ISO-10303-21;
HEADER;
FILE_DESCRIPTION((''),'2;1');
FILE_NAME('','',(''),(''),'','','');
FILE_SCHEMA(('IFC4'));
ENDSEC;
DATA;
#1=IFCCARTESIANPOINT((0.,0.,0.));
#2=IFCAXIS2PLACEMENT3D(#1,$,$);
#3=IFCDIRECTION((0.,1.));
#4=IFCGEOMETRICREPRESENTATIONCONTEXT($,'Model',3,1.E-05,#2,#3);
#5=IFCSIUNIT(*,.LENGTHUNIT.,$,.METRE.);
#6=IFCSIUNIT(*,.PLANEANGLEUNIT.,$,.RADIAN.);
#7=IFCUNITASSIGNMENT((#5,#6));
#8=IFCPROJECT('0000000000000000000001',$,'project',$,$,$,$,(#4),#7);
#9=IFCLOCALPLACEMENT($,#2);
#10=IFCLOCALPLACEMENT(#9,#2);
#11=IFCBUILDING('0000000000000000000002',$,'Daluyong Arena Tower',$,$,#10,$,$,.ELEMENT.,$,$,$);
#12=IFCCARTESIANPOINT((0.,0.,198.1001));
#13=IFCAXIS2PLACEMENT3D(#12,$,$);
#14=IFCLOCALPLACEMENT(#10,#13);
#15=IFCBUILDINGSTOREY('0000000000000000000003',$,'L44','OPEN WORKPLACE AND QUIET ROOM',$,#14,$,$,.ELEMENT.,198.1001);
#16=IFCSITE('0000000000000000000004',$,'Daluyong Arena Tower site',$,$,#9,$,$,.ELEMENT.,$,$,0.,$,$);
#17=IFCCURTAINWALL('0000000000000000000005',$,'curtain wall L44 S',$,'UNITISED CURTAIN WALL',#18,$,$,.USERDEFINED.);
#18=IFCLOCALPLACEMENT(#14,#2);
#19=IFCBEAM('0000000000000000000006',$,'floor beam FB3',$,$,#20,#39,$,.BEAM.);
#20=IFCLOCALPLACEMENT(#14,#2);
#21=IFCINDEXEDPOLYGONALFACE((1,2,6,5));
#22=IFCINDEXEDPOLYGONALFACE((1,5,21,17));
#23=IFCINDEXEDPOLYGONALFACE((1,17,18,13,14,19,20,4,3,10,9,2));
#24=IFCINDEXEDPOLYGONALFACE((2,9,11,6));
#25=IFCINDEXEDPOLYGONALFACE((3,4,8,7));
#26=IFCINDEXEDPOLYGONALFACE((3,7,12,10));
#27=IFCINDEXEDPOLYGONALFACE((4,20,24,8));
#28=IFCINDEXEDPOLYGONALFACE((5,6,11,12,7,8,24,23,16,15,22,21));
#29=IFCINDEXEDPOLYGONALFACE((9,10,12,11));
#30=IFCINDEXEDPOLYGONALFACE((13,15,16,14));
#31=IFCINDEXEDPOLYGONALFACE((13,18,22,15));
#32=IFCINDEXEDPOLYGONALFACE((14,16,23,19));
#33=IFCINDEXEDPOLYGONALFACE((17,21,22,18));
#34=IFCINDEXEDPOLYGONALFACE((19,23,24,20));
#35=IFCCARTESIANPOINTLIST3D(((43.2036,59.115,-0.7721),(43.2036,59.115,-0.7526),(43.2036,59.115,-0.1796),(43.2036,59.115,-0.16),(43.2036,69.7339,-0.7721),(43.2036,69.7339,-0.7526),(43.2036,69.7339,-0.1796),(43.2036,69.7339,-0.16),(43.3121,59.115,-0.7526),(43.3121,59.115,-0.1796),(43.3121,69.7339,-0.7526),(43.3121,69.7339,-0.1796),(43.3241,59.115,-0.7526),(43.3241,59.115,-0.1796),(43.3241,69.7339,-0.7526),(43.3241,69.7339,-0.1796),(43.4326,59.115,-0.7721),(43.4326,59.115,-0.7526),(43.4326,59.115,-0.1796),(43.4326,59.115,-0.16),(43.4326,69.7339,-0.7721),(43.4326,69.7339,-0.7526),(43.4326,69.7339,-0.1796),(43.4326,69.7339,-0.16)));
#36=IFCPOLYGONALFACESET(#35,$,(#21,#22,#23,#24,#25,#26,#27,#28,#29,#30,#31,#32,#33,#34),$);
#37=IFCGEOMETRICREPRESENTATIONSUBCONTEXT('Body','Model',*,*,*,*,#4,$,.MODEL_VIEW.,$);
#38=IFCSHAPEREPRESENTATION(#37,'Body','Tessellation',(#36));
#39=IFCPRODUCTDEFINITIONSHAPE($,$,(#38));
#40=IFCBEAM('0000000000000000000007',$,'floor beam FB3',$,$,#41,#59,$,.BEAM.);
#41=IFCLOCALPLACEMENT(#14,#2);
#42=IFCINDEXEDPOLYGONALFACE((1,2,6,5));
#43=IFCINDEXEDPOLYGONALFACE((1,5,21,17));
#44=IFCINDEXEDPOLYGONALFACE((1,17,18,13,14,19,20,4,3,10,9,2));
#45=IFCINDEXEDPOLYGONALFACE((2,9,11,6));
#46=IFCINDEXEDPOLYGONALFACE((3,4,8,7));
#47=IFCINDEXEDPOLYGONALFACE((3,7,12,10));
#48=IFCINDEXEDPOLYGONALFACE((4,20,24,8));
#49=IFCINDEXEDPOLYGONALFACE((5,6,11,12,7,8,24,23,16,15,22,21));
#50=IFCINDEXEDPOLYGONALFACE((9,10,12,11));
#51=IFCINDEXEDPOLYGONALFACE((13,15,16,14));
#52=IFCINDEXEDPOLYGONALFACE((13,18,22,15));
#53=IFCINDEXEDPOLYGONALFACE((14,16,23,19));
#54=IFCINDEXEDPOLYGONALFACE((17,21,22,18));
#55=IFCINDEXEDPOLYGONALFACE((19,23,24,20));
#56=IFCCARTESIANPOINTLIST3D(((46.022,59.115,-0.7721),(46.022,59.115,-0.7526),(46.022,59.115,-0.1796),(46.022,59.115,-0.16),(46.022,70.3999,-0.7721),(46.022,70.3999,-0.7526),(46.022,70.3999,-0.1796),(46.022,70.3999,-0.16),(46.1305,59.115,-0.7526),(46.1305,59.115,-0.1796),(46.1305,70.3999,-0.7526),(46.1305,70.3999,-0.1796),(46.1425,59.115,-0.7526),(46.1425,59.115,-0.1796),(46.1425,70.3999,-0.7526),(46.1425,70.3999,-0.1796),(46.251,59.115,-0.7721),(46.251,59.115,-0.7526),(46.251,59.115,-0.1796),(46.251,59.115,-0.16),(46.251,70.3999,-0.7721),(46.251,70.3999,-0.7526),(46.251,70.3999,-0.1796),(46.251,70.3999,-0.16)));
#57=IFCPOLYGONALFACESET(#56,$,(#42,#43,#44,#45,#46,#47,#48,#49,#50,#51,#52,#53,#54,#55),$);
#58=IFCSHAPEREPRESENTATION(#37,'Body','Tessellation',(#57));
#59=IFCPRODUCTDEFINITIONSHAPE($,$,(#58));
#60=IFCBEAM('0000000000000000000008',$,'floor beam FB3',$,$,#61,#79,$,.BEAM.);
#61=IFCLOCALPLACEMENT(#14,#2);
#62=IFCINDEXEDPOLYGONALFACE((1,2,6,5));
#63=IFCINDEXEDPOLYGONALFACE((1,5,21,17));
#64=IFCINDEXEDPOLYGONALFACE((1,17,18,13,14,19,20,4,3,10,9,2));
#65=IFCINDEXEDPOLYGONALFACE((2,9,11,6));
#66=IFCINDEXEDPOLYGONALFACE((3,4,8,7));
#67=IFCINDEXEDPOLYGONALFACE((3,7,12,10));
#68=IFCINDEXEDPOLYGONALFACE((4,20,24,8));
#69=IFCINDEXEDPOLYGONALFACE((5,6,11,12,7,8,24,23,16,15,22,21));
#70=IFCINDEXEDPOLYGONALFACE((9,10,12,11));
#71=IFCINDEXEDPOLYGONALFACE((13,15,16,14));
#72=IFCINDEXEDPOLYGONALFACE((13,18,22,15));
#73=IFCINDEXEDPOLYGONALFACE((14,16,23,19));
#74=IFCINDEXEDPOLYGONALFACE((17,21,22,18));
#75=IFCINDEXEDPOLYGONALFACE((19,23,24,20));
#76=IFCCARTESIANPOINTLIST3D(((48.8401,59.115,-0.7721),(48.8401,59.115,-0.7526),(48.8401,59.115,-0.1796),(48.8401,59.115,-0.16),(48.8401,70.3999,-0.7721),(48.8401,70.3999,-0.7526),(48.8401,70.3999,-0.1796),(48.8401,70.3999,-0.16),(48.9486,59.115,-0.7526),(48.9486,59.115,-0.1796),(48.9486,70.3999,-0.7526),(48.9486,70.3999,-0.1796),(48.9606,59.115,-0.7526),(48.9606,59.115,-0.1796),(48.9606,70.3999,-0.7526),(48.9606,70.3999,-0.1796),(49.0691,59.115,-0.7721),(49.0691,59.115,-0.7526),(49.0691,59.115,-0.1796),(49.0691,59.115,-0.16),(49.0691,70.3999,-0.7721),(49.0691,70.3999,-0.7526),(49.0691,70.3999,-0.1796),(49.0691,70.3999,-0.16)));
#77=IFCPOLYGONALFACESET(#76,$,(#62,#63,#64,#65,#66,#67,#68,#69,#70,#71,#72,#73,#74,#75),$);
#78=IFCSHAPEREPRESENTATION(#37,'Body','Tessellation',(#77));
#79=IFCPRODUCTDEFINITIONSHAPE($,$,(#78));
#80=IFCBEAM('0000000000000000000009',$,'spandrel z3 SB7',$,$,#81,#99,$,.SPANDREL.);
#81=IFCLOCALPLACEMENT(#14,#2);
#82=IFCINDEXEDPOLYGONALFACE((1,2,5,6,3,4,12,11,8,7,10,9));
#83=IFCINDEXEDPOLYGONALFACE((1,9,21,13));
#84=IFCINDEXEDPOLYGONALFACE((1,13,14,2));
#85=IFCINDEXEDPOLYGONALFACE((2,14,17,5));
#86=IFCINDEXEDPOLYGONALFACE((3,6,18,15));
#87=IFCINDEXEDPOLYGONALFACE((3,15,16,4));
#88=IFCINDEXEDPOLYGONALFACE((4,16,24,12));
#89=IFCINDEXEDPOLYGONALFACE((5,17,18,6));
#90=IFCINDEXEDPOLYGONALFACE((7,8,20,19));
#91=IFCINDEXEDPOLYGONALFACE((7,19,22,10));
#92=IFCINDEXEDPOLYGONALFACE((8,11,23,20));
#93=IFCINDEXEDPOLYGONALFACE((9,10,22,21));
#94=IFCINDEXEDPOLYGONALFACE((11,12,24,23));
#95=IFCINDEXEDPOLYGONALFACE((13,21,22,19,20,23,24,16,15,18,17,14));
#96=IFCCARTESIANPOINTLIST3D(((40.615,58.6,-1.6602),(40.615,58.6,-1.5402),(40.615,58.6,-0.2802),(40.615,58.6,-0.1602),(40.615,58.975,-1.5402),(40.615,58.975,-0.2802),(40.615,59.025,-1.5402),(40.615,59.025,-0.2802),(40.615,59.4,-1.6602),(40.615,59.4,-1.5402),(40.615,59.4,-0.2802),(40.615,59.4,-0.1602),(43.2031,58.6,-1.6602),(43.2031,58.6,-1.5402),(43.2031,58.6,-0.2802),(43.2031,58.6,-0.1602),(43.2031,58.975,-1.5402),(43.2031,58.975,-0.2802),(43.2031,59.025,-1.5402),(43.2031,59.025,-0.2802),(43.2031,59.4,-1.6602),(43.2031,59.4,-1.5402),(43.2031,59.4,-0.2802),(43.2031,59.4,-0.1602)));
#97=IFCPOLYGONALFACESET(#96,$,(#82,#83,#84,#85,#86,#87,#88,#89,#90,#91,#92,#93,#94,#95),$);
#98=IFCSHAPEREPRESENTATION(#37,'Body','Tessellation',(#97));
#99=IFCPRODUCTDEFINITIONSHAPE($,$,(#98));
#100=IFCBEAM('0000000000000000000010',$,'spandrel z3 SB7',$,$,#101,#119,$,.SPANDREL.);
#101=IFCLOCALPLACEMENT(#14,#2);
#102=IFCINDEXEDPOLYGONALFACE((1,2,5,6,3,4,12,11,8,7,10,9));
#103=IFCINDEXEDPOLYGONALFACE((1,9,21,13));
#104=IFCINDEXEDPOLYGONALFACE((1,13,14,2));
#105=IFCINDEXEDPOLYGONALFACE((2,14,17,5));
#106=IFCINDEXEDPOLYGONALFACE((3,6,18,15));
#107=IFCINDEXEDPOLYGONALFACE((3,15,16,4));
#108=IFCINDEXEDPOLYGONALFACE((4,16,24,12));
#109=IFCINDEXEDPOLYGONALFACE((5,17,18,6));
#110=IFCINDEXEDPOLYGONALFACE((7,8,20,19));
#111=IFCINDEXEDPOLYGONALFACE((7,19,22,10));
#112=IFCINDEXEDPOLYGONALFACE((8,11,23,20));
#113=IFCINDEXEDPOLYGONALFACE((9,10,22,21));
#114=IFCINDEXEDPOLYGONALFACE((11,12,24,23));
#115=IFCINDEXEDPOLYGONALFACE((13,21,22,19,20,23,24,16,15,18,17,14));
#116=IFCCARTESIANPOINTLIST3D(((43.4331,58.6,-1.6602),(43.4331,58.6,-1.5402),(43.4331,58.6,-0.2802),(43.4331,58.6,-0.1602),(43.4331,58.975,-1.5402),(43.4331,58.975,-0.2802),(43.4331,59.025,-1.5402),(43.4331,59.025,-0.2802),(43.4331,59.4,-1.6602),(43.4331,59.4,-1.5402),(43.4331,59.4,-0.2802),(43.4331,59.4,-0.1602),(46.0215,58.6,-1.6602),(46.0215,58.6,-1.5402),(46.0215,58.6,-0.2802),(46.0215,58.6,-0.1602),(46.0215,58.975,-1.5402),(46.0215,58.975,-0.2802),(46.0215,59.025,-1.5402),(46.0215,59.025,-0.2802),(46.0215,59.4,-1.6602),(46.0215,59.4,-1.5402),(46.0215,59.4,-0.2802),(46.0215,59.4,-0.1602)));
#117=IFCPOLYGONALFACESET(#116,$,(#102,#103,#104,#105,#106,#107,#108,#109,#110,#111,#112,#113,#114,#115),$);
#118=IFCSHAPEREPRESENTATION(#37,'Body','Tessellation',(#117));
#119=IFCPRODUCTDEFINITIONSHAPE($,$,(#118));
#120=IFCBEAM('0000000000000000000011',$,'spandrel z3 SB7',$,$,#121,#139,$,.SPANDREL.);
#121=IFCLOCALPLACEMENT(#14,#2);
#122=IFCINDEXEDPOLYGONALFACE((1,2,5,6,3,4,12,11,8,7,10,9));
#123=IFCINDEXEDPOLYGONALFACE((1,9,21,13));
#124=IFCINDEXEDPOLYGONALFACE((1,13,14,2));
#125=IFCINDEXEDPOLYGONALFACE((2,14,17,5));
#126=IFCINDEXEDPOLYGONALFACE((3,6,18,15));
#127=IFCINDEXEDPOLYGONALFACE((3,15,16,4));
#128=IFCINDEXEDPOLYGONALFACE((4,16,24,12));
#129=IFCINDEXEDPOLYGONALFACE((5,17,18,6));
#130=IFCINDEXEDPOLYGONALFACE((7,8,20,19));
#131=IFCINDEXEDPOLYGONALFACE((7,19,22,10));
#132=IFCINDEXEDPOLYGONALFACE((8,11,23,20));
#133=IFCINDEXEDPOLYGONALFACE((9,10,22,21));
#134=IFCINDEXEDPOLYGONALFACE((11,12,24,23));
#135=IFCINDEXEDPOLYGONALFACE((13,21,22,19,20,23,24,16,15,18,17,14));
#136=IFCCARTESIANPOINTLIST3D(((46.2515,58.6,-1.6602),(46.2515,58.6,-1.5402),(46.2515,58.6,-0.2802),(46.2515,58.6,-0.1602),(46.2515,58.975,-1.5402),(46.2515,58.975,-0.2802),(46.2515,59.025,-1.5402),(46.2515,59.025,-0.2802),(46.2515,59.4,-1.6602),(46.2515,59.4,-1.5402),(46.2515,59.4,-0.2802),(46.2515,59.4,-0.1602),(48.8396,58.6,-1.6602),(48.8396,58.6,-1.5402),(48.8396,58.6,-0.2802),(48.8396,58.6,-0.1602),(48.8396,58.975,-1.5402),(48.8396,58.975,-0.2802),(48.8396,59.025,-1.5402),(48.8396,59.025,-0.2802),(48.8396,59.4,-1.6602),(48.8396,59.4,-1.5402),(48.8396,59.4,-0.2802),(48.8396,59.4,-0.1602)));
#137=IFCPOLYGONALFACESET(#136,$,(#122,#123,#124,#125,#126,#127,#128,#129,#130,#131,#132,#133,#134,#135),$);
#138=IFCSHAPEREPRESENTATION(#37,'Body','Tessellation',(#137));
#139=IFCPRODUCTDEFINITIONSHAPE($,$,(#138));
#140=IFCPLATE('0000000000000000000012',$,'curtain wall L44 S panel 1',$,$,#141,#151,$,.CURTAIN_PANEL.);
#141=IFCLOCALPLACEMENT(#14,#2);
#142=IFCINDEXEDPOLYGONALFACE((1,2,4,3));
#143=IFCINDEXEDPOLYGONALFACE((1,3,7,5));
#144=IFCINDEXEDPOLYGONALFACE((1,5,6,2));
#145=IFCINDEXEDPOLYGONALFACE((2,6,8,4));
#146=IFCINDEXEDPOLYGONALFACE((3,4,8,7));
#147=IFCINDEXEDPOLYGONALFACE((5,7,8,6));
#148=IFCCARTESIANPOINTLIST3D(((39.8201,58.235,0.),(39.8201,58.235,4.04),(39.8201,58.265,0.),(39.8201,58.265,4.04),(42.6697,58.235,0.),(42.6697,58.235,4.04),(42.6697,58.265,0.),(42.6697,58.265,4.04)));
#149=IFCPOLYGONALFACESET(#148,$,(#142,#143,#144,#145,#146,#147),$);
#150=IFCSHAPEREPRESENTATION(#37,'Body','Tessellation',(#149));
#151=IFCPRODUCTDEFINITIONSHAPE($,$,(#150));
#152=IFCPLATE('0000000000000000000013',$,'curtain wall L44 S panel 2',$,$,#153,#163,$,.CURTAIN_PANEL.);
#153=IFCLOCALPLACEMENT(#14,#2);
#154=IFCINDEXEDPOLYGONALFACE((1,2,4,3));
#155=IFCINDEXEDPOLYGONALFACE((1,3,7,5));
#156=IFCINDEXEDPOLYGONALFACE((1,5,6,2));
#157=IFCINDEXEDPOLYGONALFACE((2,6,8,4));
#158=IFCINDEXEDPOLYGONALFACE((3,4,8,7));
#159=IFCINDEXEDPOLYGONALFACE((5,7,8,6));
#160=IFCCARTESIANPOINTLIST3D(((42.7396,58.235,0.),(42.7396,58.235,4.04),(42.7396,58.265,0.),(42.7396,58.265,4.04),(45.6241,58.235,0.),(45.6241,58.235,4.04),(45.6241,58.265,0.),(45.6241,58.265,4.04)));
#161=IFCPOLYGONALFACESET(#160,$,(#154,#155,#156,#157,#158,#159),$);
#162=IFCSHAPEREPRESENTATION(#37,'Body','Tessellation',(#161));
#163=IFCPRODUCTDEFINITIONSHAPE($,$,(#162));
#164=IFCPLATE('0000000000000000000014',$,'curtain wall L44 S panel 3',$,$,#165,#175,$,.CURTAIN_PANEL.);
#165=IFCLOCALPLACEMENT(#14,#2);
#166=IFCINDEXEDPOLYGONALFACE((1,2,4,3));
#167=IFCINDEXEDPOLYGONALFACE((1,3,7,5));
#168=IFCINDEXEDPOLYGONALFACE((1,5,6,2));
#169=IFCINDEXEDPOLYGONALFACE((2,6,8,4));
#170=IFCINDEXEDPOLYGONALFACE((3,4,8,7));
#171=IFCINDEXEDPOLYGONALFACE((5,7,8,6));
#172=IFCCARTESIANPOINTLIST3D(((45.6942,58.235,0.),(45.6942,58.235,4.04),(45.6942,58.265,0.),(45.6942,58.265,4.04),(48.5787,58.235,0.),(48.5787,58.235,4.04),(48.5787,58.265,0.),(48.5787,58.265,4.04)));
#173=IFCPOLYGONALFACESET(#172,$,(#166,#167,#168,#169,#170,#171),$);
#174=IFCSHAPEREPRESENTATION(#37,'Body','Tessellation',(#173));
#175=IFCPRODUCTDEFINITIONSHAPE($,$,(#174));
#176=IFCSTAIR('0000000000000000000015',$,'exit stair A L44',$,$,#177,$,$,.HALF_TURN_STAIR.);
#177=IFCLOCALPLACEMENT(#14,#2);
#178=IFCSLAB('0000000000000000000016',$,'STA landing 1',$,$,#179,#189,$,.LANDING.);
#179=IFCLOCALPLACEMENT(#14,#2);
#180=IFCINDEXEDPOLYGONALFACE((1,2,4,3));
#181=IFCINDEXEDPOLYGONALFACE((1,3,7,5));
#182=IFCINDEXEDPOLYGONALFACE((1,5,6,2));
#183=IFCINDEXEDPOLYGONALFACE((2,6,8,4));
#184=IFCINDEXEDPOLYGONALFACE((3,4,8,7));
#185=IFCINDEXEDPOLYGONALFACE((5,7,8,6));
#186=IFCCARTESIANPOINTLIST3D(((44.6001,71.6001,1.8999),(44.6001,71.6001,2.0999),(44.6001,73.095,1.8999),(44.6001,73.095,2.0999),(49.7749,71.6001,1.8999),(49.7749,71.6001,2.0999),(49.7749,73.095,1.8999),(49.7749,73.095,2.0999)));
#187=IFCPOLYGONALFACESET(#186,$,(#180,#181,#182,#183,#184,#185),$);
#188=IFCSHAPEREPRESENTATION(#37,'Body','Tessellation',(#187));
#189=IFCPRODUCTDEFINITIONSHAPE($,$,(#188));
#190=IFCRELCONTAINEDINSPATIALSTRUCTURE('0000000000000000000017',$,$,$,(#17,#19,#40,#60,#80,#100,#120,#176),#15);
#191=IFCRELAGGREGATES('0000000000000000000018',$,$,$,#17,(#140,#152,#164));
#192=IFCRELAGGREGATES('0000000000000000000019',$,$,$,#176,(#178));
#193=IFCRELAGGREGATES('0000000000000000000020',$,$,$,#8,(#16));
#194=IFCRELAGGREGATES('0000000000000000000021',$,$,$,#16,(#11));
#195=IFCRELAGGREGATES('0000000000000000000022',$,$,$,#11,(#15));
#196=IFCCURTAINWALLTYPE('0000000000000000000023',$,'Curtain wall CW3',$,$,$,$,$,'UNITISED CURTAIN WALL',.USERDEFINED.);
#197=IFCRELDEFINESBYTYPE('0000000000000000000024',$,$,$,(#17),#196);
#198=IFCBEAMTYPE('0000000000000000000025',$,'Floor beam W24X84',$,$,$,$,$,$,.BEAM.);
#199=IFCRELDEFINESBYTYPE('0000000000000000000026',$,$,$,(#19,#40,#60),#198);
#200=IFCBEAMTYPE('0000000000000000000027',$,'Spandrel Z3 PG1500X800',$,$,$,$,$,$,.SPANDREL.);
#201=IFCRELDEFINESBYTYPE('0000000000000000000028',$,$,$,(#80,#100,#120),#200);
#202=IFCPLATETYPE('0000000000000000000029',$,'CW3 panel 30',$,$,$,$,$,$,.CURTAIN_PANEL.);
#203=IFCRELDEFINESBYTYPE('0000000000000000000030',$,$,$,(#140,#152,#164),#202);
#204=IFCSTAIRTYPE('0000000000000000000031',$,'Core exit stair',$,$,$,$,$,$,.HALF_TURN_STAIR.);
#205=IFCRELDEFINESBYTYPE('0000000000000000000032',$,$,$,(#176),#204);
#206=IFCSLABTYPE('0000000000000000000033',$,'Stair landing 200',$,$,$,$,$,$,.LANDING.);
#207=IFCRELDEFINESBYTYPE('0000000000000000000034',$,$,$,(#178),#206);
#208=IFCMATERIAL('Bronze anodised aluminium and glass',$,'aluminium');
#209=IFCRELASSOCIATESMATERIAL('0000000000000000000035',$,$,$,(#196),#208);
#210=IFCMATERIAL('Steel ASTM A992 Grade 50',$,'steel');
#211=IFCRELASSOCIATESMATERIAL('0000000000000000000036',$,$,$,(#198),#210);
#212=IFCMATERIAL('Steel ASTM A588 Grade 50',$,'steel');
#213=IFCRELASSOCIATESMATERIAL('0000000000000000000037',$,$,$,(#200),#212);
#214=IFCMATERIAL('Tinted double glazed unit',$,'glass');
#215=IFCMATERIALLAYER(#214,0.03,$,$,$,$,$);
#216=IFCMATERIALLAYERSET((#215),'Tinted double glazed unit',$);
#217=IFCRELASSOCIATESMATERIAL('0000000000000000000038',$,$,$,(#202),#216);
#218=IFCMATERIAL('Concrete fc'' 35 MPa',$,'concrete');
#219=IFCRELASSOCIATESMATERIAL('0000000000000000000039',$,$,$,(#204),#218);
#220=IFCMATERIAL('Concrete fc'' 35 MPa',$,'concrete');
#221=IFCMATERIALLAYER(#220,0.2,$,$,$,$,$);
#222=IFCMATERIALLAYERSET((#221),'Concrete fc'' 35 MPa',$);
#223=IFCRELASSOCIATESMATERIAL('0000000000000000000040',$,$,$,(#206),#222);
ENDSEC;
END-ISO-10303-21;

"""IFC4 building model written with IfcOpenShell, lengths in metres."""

from ifc_helpers import new_model, si_unit, direction, frame, origin, origin_2d, place, context, subcontext, project, spatial, polyline, rectangle, i_section, outline, extrude, material, layer, layer_set, material_profile, profile_set, type_object, element, aggregate, save


model = new_model("IFC4")

# Units and contexts
model_context = context("Model", 3, precision=1e-05, world=origin(), true_north=direction((0.0, 1.0)))
body_context = subcontext(model_context, "Body", "Model", "MODEL_VIEW")
ifc_project = project(units=[si_unit("LENGTHUNIT", "METRE"), si_unit("PLANEANGLEUNIT", "RADIAN")], contexts=[model_context])

# Site, building, storey
site_placement = place(None, origin())
site = spatial("IfcSite", under=ifc_project, at=site_placement, Name="Daluyong Arena Tower site", CompositionType="ELEMENT", RefElevation=0.0)
building_placement = place(site_placement, origin())
building = spatial("IfcBuilding", under=site, at=building_placement, Name="Daluyong Arena Tower", CompositionType="ELEMENT")
storey_placement = place(building_placement, frame((0.0, 0.0, 198.1001)))
storey = spatial("IfcBuildingStorey", under=building, at=storey_placement, Name="L44", Description="OPEN WORKPLACE AND QUIET ROOM", CompositionType="ELEMENT", Elevation=198.1001)

# Curtain wall
ifc_material_1 = material(Name="Bronze anodised aluminium and glass", Category="aluminium")
curtain_wall_type_1 = type_object("IfcCurtainWallType", Name="Curtain wall CW3", ElementType="UNITISED CURTAIN WALL", PredefinedType="USERDEFINED", material=ifc_material_1)
curtain_wall_1_placement = place(storey_placement, origin())
curtain_wall_1 = element("IfcCurtainWall", 1, at=curtain_wall_1_placement, inside=storey, type_object=curtain_wall_type_1, Name="curtain wall L44 S", ObjectType="UNITISED CURTAIN WALL", PredefinedType="USERDEFINED")

# Beams
ifc_material_2 = material(Name="Steel ASTM A992 Grade 50", Category="steel")
ifc_material_profile_1 = material_profile(ifc_material_2, i_section(OverallWidth=0.229, OverallDepth=0.6121, WebThickness=0.012, FlangeThickness=0.0195, at=origin_2d()))
ifc_profile_set_1 = profile_set([ifc_material_profile_1], Name="Steel ASTM A992 Grade 50")
beam_type_1 = type_object("IfcBeamType", Name="Floor beam W24X84", PredefinedType="BEAM", material=ifc_profile_set_1)
beam_1_placement = place(storey_placement, frame((43.3181, 59.115, -0.4661), z_axis=(0.0, 1.0, 0.0), x_axis=(-1.0, 0.0, 0.0)))
element("IfcBeam", 2, at=beam_1_placement, inside=storey, type_object=beam_type_1, Name="floor beam FB3", PredefinedType="BEAM", context=body_context, shape_type="SweptSolid", body=[
    extrude(i_section(OverallWidth=0.229, OverallDepth=0.6121, WebThickness=0.012, FlangeThickness=0.0195, at=origin_2d()), origin(), (0.0, 0.0, 1.0), 10.6189),
])
for number, where, z_axis, x_axis, name in (
    (3, (46.1365, 59.115, -0.4661), (0.0, 1.0, 0.0), (-1.0, 0.0, 0.0), "floor beam FB3"),
    (4, (48.9546, 59.115, -0.4661), (0.0, 1.0, 0.0), (-1.0, 0.0, 0.0), "floor beam FB3"),
):
    element("IfcBeam", number, at=place(storey_placement, frame(where, z_axis=z_axis, x_axis=x_axis)), inside=storey, type_object=beam_type_1, Name=name, PredefinedType="BEAM", context=body_context, shape_type="SweptSolid", body=[
        extrude(i_section(OverallWidth=0.229, OverallDepth=0.6121, WebThickness=0.012, FlangeThickness=0.0195, at=origin_2d()), origin(), (0.0, 0.0, 1.0), 11.2849),
    ])
ifc_material_3 = material(Name="Steel ASTM A588 Grade 50", Category="steel")
ifc_material_profile_2 = material_profile(ifc_material_3, i_section(OverallWidth=0.8, OverallDepth=1.5, WebThickness=0.05, FlangeThickness=0.12, at=origin_2d()))
ifc_profile_set_2 = profile_set([ifc_material_profile_2], Name="Steel ASTM A588 Grade 50")
beam_type_2 = type_object("IfcBeamType", Name="Spandrel Z3 PG1500X800", PredefinedType="SPANDREL", material=ifc_profile_set_2)
beam_2_placement = place(storey_placement, frame((40.615, 59.0, -0.9102), z_axis=(1.0, 0.0, 0.0), x_axis=(0.0, 1.0, 0.0)))
element("IfcBeam", 5, at=beam_2_placement, inside=storey, type_object=beam_type_2, Name="spandrel z3 SB7", PredefinedType="SPANDREL", context=body_context, shape_type="SweptSolid", body=[
    extrude(i_section(OverallWidth=0.8, OverallDepth=1.5, WebThickness=0.05, FlangeThickness=0.12, at=origin_2d()), origin(), (0.0, 0.0, 1.0), 2.5881),
])
beam_3_placement = place(storey_placement, frame((43.4331, 59.0, -0.9102), z_axis=(1.0, 0.0, 0.0), x_axis=(0.0, 1.0, 0.0)))
element("IfcBeam", 6, at=beam_3_placement, inside=storey, type_object=beam_type_2, Name="spandrel z3 SB7", PredefinedType="SPANDREL", context=body_context, shape_type="SweptSolid", body=[
    extrude(i_section(OverallWidth=0.8, OverallDepth=1.5, WebThickness=0.05, FlangeThickness=0.12, at=origin_2d()), origin(), (0.0, 0.0, 1.0), 2.5884),
])
beam_4_placement = place(storey_placement, frame((46.2515, 59.0, -0.9102), z_axis=(1.0, 0.0, 0.0), x_axis=(0.0, 1.0, 0.0)))
element("IfcBeam", 7, at=beam_4_placement, inside=storey, type_object=beam_type_2, Name="spandrel z3 SB7", PredefinedType="SPANDREL", context=body_context, shape_type="SweptSolid", body=[
    extrude(i_section(OverallWidth=0.8, OverallDepth=1.5, WebThickness=0.05, FlangeThickness=0.12, at=origin_2d()), origin(), (0.0, 0.0, 1.0), 2.5881),
])

# Plates
ifc_material_4 = material(Name="Tinted double glazed unit", Category="glass")
ifc_layer_1 = layer(ifc_material_4, 0.03)
ifc_layer_set_1 = layer_set([ifc_layer_1], Name="Tinted double glazed unit")
plate_type = type_object("IfcPlateType", Name="CW3 panel 30", PredefinedType="CURTAIN_PANEL", material=ifc_layer_set_1)
plate_1_placement = place(storey_placement, frame((41.2449, 58.25, 0.0), z_axis=(0.0, 0.0, 1.0), x_axis=(1.0, 0.0, 0.0)))
plate_1 = element("IfcPlate", 8, at=plate_1_placement, type_object=plate_type, Name="curtain wall L44 S panel 1", PredefinedType="CURTAIN_PANEL", context=body_context, shape_type="SweptSolid", body=[
    extrude(rectangle(XDim=2.8496, YDim=0.03, at=origin_2d()), origin(), (0.0, 0.0, 1.0), 4.04),
])
plate_2_placement = place(storey_placement, frame((44.1819, 58.25, 0.0), z_axis=(0.0, 0.0, 1.0), x_axis=(1.0, 0.0, 0.0)))
plate_2 = element("IfcPlate", 9, at=plate_2_placement, type_object=plate_type, Name="curtain wall L44 S panel 2", PredefinedType="CURTAIN_PANEL", context=body_context, shape_type="SweptSolid", body=[
    extrude(rectangle(XDim=2.8845, YDim=0.03, at=origin_2d()), origin(), (0.0, 0.0, 1.0), 4.04),
])
plate_3_placement = place(storey_placement, frame((47.1365, 58.25, 0.0), z_axis=(0.0, 0.0, 1.0), x_axis=(1.0, 0.0, 0.0)))
plate_3 = element("IfcPlate", 10, at=plate_3_placement, type_object=plate_type, Name="curtain wall L44 S panel 3", PredefinedType="CURTAIN_PANEL", context=body_context, shape_type="SweptSolid", body=[
    extrude(rectangle(XDim=2.8845, YDim=0.03, at=origin_2d()), origin(), (0.0, 0.0, 1.0), 4.04),
])
aggregate(curtain_wall_1, [plate_1, plate_2, plate_3])

# Stair, slab
ifc_material_5 = material(Name="Concrete fc' 35 MPa", Category="concrete")
stair_type = type_object("IfcStairType", Name="Core exit stair", PredefinedType="HALF_TURN_STAIR", material=ifc_material_5)
stair_1_placement = place(storey_placement, origin())
stair_1 = element("IfcStair", 11, at=stair_1_placement, inside=storey, type_object=stair_type, Name="exit stair A L44", PredefinedType="HALF_TURN_STAIR")
ifc_material_6 = material(Name="Concrete fc' 35 MPa", Category="concrete")
ifc_layer_2 = layer(ifc_material_6, 0.2)
ifc_layer_set_2 = layer_set([ifc_layer_2], Name="Concrete fc' 35 MPa")
slab_type = type_object("IfcSlabType", Name="Stair landing 200", PredefinedType="LANDING", material=ifc_layer_set_2)
slab_1_placement = place(storey_placement, frame((0.0, 0.0, 1.8999)))
slab_1 = element("IfcSlab", 12, at=slab_1_placement, type_object=slab_type, Name="STA landing 1", PredefinedType="LANDING", context=body_context, shape_type="SweptSolid", body=[
    extrude(outline(polyline([(44.6001, 71.6001), (49.7749, 71.6001), (49.7749, 73.095), (44.6001, 73.095), (44.6001, 71.6001)])), origin(), (0.0, 0.0, 1.0), 0.2),
])
aggregate(stair_1, [slab_1])

save(model, "model.ifc")
